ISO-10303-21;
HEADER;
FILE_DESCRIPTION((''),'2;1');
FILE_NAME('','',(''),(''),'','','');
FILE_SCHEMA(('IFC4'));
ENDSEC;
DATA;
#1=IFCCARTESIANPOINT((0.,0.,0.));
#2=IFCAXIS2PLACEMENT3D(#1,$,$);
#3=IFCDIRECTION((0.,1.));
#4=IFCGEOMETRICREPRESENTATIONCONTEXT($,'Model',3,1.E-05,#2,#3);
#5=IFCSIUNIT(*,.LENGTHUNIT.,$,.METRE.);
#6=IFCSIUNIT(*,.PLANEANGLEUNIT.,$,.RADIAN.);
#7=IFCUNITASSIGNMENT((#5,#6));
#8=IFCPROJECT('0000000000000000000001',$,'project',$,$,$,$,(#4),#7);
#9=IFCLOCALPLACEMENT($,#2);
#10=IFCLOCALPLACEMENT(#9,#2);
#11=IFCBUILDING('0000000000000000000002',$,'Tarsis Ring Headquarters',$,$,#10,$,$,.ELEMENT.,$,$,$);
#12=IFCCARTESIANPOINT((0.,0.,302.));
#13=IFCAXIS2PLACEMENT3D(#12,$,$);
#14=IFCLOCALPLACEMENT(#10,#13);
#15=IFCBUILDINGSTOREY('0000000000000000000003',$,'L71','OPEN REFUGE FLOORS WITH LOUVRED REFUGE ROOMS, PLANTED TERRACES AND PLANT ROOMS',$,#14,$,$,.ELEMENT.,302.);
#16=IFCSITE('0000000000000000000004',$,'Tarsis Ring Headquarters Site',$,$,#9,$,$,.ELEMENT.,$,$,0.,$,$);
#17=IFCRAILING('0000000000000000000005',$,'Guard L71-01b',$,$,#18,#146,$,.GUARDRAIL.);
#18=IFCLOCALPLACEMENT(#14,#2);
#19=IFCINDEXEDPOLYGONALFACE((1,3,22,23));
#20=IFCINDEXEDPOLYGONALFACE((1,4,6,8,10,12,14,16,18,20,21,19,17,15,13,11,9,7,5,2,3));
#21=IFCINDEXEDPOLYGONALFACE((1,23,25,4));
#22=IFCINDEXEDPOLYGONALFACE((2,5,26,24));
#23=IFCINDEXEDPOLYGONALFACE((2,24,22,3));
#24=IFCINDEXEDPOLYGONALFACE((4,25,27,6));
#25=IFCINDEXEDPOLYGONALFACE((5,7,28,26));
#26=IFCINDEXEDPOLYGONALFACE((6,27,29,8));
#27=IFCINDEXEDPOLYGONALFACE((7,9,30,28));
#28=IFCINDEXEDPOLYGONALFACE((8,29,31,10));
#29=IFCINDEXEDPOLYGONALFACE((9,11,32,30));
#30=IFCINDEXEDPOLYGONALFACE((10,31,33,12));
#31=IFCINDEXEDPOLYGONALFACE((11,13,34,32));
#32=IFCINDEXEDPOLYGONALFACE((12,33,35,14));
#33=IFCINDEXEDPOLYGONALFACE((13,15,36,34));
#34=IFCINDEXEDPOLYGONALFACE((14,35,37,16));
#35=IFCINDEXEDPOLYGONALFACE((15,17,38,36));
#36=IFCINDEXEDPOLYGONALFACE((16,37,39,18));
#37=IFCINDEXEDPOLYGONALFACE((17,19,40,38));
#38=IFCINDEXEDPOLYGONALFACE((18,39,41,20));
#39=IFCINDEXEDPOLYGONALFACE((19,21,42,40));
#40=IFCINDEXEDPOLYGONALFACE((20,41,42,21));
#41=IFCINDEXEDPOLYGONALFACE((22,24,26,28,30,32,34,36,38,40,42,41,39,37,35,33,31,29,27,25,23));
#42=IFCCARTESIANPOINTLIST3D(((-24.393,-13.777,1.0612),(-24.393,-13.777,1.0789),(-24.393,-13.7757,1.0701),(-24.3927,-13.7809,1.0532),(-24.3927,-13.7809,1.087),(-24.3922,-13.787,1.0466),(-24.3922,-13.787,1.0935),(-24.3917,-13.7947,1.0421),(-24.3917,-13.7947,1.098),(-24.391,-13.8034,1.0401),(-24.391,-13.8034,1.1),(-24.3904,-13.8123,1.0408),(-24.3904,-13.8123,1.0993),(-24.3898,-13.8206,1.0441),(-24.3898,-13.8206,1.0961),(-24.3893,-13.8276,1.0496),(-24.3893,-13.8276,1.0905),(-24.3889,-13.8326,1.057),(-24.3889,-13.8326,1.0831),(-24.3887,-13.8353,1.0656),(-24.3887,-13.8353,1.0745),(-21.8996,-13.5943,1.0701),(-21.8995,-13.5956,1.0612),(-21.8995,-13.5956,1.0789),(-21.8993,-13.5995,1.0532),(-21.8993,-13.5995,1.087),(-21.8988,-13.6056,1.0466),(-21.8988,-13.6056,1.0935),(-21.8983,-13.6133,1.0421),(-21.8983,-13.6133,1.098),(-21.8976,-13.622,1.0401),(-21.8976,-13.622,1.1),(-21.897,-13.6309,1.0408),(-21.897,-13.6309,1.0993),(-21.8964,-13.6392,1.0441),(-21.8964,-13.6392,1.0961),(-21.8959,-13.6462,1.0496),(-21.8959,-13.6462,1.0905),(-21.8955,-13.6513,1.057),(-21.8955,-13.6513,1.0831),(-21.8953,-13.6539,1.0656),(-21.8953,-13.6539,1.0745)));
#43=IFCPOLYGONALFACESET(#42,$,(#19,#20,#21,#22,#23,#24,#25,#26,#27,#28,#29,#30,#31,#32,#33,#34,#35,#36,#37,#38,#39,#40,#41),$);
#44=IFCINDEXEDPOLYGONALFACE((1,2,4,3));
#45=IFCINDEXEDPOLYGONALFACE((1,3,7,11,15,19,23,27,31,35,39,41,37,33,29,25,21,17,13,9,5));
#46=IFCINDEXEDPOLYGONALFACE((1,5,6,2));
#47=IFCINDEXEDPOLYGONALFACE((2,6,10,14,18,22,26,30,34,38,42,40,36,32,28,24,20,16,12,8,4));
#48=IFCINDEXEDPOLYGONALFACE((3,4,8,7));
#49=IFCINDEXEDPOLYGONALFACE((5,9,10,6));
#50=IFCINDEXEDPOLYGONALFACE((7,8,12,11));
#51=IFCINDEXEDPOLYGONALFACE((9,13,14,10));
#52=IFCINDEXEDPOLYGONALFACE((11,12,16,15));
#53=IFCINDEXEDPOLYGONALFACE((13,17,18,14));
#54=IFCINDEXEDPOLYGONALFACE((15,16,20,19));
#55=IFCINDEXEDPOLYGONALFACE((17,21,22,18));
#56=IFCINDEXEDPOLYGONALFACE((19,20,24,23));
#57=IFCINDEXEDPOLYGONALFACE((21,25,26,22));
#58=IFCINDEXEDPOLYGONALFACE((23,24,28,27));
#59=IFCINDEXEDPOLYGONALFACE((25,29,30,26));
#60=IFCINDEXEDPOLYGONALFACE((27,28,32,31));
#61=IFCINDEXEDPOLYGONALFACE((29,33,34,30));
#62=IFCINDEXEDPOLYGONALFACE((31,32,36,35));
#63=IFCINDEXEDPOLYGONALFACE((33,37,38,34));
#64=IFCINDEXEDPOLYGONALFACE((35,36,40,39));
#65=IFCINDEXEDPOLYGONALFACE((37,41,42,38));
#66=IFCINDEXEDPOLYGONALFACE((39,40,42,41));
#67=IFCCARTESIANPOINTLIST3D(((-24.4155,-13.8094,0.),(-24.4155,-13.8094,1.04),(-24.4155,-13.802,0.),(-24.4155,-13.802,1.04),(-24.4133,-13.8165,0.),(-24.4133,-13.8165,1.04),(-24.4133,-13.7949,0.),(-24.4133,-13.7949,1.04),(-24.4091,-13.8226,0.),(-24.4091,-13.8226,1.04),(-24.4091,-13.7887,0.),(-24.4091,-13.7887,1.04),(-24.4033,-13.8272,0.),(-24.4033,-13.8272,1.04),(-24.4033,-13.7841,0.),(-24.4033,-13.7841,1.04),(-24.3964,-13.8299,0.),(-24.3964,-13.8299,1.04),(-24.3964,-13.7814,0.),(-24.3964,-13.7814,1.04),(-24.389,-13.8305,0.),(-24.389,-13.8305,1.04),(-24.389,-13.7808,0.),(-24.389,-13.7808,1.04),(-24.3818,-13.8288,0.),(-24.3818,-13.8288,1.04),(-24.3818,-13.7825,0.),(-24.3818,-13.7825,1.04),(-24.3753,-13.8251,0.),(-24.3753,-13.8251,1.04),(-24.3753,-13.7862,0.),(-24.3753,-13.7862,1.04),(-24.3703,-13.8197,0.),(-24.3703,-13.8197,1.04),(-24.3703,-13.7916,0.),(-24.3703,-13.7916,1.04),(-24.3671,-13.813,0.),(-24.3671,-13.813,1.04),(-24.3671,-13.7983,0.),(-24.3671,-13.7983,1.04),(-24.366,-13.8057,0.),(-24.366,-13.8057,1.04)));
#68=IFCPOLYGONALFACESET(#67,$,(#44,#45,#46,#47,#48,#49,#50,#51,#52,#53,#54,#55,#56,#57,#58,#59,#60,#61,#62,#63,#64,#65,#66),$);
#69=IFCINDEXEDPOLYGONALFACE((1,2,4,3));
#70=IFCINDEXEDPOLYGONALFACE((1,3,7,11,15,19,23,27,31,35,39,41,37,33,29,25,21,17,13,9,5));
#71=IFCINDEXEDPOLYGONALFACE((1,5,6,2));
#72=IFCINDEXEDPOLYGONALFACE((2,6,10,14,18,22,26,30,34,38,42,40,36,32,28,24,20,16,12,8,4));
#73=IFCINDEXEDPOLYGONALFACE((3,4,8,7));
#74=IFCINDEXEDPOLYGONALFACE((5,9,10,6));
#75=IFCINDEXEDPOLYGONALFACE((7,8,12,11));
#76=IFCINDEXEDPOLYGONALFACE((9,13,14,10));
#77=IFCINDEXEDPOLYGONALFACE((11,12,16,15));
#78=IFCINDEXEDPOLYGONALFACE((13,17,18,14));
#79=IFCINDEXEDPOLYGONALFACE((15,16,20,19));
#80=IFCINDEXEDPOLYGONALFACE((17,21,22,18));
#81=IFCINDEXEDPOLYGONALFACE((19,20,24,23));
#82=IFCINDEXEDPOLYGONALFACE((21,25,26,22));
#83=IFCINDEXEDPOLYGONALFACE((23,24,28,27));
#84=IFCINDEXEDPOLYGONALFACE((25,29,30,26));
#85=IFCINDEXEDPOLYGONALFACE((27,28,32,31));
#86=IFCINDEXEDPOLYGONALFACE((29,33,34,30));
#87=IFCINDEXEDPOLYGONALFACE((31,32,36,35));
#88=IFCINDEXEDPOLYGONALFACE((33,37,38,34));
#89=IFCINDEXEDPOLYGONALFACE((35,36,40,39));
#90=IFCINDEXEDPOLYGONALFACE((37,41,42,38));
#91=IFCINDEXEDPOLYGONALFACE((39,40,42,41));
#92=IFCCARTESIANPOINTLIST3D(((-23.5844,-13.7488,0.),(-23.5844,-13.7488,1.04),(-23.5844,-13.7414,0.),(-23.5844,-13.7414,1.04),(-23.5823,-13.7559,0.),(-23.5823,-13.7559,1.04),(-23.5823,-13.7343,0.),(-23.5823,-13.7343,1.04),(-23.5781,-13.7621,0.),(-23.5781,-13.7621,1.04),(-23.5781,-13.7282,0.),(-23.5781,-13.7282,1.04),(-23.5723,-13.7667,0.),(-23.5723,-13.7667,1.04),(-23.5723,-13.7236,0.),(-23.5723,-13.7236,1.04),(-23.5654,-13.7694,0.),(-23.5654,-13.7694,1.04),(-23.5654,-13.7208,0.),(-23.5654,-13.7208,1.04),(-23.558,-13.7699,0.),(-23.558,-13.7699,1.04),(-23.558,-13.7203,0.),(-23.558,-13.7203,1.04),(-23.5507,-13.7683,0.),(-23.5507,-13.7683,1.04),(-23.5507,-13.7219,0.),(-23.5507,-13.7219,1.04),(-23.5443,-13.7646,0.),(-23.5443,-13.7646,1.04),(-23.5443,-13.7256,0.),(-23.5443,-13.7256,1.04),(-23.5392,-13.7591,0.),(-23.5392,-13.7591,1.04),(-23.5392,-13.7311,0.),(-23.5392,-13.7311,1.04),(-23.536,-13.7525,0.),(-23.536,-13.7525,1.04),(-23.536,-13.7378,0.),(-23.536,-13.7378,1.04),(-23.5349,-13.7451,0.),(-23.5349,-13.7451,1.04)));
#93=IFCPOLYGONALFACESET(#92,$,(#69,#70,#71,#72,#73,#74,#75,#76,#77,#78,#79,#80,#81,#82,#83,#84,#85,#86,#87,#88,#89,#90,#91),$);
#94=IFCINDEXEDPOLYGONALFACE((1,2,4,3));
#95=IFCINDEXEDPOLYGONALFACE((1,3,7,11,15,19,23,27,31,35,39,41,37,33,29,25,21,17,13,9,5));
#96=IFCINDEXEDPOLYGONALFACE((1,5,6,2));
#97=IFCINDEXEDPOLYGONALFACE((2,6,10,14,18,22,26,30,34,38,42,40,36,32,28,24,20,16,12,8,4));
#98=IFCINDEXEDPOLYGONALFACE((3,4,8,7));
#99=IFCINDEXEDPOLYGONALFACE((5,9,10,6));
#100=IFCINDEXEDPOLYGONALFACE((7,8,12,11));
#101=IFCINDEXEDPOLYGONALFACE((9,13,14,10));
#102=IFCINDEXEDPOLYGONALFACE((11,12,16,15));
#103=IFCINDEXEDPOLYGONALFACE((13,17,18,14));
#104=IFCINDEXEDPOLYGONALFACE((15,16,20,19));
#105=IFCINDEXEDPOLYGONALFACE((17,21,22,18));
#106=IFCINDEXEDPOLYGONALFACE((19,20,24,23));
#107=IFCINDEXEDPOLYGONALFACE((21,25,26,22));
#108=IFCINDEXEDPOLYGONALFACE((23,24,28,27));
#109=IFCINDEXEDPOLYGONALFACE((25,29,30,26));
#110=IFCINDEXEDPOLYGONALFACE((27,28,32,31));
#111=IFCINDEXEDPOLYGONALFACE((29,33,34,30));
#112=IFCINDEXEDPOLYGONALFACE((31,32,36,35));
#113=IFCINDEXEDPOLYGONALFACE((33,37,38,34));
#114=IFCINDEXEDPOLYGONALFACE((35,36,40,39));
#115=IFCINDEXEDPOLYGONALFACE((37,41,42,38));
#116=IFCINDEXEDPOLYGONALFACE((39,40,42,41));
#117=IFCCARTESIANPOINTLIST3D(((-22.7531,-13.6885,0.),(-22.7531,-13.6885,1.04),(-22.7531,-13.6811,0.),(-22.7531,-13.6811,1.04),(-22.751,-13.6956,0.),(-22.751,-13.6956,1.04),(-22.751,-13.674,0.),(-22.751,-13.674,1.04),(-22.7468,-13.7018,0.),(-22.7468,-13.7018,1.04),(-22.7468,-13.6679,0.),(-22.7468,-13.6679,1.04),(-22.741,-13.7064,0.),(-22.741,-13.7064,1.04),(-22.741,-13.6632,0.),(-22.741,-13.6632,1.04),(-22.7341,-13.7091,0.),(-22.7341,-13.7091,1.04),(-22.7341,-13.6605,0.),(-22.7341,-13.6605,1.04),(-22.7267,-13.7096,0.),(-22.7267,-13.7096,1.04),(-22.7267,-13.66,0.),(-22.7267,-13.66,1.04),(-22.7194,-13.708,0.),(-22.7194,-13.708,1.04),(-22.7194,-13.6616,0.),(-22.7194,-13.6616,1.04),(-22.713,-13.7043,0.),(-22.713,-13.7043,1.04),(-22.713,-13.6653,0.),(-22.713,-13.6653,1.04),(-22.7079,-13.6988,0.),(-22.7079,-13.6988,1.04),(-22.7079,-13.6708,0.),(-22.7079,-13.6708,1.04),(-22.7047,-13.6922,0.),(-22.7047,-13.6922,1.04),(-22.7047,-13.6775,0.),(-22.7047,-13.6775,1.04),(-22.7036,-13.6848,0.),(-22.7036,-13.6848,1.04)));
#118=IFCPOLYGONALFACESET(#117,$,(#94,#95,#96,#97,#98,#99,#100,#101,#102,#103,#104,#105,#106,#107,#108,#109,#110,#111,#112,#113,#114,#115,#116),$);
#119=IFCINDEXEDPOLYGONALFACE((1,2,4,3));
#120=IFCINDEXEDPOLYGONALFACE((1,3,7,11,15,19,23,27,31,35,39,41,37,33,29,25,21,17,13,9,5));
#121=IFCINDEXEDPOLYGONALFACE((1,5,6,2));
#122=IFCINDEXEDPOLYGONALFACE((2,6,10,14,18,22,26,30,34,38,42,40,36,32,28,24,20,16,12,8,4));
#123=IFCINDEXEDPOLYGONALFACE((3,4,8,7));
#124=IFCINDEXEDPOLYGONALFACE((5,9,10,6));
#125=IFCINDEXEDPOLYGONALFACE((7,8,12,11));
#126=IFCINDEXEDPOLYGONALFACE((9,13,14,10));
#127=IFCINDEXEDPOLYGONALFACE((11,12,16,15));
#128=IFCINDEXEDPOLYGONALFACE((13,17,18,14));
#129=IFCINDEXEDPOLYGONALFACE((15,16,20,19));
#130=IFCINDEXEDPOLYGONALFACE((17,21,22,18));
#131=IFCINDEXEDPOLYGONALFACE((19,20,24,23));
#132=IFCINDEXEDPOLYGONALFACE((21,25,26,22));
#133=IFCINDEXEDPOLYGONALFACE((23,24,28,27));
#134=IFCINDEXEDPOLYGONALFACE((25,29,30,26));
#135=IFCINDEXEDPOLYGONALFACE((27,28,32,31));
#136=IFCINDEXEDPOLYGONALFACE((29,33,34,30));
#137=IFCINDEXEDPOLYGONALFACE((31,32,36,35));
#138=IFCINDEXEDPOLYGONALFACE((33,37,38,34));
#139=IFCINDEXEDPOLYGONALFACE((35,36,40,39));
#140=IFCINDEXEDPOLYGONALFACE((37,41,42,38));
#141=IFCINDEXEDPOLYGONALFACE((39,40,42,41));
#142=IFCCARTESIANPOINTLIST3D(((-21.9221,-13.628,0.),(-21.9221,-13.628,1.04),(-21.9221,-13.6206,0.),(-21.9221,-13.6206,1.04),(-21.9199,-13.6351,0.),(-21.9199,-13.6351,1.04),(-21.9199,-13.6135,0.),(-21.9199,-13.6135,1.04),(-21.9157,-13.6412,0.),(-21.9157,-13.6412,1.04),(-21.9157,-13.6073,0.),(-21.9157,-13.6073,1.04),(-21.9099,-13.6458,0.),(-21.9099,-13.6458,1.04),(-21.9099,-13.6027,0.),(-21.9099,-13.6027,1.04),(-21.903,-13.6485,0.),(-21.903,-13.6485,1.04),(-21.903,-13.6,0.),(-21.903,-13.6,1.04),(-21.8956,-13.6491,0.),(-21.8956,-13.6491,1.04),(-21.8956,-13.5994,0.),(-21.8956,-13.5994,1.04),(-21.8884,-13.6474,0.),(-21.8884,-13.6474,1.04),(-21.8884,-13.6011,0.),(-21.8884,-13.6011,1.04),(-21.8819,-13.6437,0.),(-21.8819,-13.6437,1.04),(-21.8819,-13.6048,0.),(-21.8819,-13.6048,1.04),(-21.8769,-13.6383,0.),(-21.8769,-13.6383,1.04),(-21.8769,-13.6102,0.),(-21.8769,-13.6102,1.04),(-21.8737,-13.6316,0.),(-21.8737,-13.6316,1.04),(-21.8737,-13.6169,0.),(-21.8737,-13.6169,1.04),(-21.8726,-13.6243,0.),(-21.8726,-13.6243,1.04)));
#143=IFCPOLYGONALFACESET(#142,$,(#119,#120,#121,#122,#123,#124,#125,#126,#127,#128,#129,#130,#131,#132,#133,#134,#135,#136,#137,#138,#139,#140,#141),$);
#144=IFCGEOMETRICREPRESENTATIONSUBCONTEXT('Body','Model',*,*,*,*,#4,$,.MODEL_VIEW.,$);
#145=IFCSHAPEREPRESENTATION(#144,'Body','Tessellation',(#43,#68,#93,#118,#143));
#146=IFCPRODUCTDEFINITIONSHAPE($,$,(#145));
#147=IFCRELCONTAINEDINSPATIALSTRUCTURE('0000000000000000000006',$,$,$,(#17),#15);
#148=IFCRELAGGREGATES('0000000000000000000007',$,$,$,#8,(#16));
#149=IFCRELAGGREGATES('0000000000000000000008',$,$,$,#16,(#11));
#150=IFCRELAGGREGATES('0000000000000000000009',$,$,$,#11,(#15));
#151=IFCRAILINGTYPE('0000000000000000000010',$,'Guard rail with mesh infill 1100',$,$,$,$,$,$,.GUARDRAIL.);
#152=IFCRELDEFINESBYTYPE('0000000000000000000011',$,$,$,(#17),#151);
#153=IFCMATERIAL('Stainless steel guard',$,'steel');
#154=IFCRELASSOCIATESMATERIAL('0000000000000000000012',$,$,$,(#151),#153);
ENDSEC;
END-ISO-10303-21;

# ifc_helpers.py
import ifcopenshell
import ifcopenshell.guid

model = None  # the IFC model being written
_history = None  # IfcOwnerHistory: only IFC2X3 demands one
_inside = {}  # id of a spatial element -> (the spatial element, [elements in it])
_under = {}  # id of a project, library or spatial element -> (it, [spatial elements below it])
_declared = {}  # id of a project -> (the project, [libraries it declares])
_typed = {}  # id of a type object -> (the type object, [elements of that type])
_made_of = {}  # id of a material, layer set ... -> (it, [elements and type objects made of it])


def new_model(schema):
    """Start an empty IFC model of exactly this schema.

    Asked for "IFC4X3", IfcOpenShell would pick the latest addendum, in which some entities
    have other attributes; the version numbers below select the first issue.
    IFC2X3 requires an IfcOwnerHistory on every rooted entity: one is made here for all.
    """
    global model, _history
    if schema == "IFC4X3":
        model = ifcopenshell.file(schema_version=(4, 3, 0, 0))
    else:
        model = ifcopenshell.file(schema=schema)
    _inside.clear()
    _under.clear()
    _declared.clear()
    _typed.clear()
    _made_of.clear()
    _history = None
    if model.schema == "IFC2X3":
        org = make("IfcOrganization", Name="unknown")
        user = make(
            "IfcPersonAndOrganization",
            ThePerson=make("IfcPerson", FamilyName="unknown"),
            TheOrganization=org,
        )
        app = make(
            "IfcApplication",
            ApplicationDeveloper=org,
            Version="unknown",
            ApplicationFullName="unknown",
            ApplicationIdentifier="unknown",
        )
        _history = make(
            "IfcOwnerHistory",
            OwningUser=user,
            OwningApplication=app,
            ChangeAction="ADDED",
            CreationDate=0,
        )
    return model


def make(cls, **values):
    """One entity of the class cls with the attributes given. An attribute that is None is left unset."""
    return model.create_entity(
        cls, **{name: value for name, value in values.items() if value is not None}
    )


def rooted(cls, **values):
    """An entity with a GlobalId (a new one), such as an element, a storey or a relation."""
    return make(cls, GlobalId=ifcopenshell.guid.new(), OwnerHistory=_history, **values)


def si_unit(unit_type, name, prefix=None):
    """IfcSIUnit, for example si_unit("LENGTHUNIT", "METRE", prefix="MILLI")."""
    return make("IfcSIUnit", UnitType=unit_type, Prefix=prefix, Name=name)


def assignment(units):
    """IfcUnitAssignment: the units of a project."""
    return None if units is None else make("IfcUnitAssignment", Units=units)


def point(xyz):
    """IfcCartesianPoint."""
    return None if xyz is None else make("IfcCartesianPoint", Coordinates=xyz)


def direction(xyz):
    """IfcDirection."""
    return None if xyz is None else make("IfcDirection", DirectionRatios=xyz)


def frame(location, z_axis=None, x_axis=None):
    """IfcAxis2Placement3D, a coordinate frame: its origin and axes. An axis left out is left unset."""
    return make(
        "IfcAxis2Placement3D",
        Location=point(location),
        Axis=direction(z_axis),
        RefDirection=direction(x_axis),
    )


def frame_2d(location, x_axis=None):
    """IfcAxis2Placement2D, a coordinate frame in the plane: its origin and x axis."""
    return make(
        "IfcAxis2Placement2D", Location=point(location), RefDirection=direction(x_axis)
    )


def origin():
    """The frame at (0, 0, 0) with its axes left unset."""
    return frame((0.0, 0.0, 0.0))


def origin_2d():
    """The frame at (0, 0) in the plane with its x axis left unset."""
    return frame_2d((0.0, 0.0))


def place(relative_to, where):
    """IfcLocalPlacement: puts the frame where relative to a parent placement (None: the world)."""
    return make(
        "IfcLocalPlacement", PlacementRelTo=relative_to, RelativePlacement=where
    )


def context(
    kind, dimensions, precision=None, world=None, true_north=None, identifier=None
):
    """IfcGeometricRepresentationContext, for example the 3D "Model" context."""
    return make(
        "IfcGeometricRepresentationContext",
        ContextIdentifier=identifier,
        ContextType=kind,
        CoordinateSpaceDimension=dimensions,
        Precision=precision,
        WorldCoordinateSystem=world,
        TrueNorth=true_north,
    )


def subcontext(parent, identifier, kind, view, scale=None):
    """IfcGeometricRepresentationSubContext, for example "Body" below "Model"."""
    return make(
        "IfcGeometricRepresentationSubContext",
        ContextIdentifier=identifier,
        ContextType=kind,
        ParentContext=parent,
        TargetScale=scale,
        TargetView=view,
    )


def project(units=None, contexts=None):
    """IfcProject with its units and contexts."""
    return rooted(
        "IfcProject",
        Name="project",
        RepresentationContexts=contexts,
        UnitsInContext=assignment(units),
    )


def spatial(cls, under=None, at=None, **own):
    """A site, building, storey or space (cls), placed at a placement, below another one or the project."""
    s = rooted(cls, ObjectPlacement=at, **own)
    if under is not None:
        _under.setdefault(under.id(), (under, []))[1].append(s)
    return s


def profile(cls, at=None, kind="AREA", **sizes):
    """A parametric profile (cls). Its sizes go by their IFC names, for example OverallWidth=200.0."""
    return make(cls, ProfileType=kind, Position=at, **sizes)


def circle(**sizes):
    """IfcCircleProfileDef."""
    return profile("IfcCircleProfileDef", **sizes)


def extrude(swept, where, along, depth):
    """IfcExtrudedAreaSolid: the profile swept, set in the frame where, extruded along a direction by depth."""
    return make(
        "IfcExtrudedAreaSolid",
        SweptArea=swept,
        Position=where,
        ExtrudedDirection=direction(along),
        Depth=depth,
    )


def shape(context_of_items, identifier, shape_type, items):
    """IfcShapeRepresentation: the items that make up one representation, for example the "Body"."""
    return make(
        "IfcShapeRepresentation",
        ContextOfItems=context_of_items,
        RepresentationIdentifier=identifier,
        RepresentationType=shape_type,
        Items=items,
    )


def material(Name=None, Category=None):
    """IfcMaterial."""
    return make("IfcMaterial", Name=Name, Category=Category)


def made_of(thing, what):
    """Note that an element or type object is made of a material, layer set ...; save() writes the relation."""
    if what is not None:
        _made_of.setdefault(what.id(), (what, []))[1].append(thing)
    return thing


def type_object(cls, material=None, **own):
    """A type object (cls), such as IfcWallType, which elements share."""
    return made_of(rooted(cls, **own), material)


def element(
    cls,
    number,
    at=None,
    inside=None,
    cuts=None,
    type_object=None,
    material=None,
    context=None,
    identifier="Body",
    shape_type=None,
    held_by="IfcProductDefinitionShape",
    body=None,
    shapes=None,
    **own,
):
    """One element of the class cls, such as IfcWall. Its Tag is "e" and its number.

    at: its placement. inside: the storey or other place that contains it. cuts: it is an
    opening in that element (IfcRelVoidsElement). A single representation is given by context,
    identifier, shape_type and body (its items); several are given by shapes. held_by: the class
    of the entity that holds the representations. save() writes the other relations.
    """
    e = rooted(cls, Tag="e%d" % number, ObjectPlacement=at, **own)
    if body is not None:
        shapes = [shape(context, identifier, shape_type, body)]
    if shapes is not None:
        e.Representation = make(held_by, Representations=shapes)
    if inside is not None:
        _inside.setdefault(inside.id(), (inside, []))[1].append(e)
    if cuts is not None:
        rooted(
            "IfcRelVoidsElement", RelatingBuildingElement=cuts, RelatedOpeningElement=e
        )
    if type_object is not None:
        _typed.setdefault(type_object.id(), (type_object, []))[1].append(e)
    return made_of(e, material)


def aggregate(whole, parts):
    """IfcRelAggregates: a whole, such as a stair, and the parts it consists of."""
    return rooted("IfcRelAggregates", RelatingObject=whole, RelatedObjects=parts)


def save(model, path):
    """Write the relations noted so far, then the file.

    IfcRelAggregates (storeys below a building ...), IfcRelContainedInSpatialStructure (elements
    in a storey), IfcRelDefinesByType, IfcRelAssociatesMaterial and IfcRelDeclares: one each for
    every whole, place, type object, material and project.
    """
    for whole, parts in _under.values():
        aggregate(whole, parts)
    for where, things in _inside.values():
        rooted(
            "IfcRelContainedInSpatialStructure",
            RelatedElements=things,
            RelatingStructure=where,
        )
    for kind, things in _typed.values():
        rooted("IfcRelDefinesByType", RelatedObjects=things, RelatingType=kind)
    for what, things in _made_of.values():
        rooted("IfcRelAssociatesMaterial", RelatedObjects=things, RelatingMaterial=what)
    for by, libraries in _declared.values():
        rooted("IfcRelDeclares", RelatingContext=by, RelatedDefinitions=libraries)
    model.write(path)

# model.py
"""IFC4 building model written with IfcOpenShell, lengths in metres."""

from ifc_helpers import new_model, si_unit, direction, frame, origin, origin_2d, place, context, subcontext, project, spatial, circle, extrude, material, type_object, element, save


model = new_model("IFC4")

# Units and contexts
model_context = context("Model", 3, precision=1e-05, world=origin(), true_north=direction((0.0, 1.0)))
body_context = subcontext(model_context, "Body", "Model", "MODEL_VIEW")
ifc_project = project(units=[si_unit("LENGTHUNIT", "METRE"), si_unit("PLANEANGLEUNIT", "RADIAN")], contexts=[model_context])

# Site, building, storey
site_placement = place(None, origin())
site = spatial("IfcSite", under=ifc_project, at=site_placement, Name="Tarsis Ring Headquarters Site", CompositionType="ELEMENT", RefElevation=0.0)
building_placement = place(site_placement, origin())
building = spatial("IfcBuilding", under=site, at=building_placement, Name="Tarsis Ring Headquarters", CompositionType="ELEMENT")
storey_placement = place(building_placement, frame((0.0, 0.0, 302.0)))
storey = spatial("IfcBuildingStorey", under=building, at=storey_placement, Name="L71", Description="OPEN REFUGE FLOORS WITH LOUVRED REFUGE ROOMS, PLANTED TERRACES AND PLANT ROOMS", CompositionType="ELEMENT", Elevation=302.0)

# Railing
ifc_material_1 = material(Name="Stainless steel guard", Category="steel")
railing_type = type_object("IfcRailingType", Name="Guard rail with mesh infill 1100", PredefinedType="GUARDRAIL", material=ifc_material_1)
railing_1_placement = place(storey_placement, frame((-24.3909, -13.8057, 0.0)))
element("IfcRailing", 1, at=railing_1_placement, inside=storey, type_object=railing_type, Name="Guard L71-01b", PredefinedType="GUARDRAIL", context=body_context, shape_type="SweptSolid", body=[
    extrude(circle(Radius=0.03, at=origin_2d()), frame((0.0, 0.0, 1.0701), z_axis=(0.997364, 0.072559, 0.0), x_axis=(-0.072559, 0.997364, 0.0)), (0.0, 0.0, 1.0), 2.5),
    extrude(circle(Radius=0.0249, at=origin_2d()), origin(), (0.0, 0.0, 1.0), 1.04),
    extrude(circle(Radius=0.0249, at=origin_2d()), frame((0.8311, 0.0605, 0.0)), (0.0, 0.0, 1.0), 1.04),
    extrude(circle(Radius=0.0249, at=origin_2d()), frame((1.6624, 0.1208, 0.0)), (0.0, 0.0, 1.0), 1.04),
    extrude(circle(Radius=0.0249, at=origin_2d()), frame((2.4934, 0.1814, 0.0)), (0.0, 0.0, 1.0), 1.04),
])

save(model, "model.ifc")
